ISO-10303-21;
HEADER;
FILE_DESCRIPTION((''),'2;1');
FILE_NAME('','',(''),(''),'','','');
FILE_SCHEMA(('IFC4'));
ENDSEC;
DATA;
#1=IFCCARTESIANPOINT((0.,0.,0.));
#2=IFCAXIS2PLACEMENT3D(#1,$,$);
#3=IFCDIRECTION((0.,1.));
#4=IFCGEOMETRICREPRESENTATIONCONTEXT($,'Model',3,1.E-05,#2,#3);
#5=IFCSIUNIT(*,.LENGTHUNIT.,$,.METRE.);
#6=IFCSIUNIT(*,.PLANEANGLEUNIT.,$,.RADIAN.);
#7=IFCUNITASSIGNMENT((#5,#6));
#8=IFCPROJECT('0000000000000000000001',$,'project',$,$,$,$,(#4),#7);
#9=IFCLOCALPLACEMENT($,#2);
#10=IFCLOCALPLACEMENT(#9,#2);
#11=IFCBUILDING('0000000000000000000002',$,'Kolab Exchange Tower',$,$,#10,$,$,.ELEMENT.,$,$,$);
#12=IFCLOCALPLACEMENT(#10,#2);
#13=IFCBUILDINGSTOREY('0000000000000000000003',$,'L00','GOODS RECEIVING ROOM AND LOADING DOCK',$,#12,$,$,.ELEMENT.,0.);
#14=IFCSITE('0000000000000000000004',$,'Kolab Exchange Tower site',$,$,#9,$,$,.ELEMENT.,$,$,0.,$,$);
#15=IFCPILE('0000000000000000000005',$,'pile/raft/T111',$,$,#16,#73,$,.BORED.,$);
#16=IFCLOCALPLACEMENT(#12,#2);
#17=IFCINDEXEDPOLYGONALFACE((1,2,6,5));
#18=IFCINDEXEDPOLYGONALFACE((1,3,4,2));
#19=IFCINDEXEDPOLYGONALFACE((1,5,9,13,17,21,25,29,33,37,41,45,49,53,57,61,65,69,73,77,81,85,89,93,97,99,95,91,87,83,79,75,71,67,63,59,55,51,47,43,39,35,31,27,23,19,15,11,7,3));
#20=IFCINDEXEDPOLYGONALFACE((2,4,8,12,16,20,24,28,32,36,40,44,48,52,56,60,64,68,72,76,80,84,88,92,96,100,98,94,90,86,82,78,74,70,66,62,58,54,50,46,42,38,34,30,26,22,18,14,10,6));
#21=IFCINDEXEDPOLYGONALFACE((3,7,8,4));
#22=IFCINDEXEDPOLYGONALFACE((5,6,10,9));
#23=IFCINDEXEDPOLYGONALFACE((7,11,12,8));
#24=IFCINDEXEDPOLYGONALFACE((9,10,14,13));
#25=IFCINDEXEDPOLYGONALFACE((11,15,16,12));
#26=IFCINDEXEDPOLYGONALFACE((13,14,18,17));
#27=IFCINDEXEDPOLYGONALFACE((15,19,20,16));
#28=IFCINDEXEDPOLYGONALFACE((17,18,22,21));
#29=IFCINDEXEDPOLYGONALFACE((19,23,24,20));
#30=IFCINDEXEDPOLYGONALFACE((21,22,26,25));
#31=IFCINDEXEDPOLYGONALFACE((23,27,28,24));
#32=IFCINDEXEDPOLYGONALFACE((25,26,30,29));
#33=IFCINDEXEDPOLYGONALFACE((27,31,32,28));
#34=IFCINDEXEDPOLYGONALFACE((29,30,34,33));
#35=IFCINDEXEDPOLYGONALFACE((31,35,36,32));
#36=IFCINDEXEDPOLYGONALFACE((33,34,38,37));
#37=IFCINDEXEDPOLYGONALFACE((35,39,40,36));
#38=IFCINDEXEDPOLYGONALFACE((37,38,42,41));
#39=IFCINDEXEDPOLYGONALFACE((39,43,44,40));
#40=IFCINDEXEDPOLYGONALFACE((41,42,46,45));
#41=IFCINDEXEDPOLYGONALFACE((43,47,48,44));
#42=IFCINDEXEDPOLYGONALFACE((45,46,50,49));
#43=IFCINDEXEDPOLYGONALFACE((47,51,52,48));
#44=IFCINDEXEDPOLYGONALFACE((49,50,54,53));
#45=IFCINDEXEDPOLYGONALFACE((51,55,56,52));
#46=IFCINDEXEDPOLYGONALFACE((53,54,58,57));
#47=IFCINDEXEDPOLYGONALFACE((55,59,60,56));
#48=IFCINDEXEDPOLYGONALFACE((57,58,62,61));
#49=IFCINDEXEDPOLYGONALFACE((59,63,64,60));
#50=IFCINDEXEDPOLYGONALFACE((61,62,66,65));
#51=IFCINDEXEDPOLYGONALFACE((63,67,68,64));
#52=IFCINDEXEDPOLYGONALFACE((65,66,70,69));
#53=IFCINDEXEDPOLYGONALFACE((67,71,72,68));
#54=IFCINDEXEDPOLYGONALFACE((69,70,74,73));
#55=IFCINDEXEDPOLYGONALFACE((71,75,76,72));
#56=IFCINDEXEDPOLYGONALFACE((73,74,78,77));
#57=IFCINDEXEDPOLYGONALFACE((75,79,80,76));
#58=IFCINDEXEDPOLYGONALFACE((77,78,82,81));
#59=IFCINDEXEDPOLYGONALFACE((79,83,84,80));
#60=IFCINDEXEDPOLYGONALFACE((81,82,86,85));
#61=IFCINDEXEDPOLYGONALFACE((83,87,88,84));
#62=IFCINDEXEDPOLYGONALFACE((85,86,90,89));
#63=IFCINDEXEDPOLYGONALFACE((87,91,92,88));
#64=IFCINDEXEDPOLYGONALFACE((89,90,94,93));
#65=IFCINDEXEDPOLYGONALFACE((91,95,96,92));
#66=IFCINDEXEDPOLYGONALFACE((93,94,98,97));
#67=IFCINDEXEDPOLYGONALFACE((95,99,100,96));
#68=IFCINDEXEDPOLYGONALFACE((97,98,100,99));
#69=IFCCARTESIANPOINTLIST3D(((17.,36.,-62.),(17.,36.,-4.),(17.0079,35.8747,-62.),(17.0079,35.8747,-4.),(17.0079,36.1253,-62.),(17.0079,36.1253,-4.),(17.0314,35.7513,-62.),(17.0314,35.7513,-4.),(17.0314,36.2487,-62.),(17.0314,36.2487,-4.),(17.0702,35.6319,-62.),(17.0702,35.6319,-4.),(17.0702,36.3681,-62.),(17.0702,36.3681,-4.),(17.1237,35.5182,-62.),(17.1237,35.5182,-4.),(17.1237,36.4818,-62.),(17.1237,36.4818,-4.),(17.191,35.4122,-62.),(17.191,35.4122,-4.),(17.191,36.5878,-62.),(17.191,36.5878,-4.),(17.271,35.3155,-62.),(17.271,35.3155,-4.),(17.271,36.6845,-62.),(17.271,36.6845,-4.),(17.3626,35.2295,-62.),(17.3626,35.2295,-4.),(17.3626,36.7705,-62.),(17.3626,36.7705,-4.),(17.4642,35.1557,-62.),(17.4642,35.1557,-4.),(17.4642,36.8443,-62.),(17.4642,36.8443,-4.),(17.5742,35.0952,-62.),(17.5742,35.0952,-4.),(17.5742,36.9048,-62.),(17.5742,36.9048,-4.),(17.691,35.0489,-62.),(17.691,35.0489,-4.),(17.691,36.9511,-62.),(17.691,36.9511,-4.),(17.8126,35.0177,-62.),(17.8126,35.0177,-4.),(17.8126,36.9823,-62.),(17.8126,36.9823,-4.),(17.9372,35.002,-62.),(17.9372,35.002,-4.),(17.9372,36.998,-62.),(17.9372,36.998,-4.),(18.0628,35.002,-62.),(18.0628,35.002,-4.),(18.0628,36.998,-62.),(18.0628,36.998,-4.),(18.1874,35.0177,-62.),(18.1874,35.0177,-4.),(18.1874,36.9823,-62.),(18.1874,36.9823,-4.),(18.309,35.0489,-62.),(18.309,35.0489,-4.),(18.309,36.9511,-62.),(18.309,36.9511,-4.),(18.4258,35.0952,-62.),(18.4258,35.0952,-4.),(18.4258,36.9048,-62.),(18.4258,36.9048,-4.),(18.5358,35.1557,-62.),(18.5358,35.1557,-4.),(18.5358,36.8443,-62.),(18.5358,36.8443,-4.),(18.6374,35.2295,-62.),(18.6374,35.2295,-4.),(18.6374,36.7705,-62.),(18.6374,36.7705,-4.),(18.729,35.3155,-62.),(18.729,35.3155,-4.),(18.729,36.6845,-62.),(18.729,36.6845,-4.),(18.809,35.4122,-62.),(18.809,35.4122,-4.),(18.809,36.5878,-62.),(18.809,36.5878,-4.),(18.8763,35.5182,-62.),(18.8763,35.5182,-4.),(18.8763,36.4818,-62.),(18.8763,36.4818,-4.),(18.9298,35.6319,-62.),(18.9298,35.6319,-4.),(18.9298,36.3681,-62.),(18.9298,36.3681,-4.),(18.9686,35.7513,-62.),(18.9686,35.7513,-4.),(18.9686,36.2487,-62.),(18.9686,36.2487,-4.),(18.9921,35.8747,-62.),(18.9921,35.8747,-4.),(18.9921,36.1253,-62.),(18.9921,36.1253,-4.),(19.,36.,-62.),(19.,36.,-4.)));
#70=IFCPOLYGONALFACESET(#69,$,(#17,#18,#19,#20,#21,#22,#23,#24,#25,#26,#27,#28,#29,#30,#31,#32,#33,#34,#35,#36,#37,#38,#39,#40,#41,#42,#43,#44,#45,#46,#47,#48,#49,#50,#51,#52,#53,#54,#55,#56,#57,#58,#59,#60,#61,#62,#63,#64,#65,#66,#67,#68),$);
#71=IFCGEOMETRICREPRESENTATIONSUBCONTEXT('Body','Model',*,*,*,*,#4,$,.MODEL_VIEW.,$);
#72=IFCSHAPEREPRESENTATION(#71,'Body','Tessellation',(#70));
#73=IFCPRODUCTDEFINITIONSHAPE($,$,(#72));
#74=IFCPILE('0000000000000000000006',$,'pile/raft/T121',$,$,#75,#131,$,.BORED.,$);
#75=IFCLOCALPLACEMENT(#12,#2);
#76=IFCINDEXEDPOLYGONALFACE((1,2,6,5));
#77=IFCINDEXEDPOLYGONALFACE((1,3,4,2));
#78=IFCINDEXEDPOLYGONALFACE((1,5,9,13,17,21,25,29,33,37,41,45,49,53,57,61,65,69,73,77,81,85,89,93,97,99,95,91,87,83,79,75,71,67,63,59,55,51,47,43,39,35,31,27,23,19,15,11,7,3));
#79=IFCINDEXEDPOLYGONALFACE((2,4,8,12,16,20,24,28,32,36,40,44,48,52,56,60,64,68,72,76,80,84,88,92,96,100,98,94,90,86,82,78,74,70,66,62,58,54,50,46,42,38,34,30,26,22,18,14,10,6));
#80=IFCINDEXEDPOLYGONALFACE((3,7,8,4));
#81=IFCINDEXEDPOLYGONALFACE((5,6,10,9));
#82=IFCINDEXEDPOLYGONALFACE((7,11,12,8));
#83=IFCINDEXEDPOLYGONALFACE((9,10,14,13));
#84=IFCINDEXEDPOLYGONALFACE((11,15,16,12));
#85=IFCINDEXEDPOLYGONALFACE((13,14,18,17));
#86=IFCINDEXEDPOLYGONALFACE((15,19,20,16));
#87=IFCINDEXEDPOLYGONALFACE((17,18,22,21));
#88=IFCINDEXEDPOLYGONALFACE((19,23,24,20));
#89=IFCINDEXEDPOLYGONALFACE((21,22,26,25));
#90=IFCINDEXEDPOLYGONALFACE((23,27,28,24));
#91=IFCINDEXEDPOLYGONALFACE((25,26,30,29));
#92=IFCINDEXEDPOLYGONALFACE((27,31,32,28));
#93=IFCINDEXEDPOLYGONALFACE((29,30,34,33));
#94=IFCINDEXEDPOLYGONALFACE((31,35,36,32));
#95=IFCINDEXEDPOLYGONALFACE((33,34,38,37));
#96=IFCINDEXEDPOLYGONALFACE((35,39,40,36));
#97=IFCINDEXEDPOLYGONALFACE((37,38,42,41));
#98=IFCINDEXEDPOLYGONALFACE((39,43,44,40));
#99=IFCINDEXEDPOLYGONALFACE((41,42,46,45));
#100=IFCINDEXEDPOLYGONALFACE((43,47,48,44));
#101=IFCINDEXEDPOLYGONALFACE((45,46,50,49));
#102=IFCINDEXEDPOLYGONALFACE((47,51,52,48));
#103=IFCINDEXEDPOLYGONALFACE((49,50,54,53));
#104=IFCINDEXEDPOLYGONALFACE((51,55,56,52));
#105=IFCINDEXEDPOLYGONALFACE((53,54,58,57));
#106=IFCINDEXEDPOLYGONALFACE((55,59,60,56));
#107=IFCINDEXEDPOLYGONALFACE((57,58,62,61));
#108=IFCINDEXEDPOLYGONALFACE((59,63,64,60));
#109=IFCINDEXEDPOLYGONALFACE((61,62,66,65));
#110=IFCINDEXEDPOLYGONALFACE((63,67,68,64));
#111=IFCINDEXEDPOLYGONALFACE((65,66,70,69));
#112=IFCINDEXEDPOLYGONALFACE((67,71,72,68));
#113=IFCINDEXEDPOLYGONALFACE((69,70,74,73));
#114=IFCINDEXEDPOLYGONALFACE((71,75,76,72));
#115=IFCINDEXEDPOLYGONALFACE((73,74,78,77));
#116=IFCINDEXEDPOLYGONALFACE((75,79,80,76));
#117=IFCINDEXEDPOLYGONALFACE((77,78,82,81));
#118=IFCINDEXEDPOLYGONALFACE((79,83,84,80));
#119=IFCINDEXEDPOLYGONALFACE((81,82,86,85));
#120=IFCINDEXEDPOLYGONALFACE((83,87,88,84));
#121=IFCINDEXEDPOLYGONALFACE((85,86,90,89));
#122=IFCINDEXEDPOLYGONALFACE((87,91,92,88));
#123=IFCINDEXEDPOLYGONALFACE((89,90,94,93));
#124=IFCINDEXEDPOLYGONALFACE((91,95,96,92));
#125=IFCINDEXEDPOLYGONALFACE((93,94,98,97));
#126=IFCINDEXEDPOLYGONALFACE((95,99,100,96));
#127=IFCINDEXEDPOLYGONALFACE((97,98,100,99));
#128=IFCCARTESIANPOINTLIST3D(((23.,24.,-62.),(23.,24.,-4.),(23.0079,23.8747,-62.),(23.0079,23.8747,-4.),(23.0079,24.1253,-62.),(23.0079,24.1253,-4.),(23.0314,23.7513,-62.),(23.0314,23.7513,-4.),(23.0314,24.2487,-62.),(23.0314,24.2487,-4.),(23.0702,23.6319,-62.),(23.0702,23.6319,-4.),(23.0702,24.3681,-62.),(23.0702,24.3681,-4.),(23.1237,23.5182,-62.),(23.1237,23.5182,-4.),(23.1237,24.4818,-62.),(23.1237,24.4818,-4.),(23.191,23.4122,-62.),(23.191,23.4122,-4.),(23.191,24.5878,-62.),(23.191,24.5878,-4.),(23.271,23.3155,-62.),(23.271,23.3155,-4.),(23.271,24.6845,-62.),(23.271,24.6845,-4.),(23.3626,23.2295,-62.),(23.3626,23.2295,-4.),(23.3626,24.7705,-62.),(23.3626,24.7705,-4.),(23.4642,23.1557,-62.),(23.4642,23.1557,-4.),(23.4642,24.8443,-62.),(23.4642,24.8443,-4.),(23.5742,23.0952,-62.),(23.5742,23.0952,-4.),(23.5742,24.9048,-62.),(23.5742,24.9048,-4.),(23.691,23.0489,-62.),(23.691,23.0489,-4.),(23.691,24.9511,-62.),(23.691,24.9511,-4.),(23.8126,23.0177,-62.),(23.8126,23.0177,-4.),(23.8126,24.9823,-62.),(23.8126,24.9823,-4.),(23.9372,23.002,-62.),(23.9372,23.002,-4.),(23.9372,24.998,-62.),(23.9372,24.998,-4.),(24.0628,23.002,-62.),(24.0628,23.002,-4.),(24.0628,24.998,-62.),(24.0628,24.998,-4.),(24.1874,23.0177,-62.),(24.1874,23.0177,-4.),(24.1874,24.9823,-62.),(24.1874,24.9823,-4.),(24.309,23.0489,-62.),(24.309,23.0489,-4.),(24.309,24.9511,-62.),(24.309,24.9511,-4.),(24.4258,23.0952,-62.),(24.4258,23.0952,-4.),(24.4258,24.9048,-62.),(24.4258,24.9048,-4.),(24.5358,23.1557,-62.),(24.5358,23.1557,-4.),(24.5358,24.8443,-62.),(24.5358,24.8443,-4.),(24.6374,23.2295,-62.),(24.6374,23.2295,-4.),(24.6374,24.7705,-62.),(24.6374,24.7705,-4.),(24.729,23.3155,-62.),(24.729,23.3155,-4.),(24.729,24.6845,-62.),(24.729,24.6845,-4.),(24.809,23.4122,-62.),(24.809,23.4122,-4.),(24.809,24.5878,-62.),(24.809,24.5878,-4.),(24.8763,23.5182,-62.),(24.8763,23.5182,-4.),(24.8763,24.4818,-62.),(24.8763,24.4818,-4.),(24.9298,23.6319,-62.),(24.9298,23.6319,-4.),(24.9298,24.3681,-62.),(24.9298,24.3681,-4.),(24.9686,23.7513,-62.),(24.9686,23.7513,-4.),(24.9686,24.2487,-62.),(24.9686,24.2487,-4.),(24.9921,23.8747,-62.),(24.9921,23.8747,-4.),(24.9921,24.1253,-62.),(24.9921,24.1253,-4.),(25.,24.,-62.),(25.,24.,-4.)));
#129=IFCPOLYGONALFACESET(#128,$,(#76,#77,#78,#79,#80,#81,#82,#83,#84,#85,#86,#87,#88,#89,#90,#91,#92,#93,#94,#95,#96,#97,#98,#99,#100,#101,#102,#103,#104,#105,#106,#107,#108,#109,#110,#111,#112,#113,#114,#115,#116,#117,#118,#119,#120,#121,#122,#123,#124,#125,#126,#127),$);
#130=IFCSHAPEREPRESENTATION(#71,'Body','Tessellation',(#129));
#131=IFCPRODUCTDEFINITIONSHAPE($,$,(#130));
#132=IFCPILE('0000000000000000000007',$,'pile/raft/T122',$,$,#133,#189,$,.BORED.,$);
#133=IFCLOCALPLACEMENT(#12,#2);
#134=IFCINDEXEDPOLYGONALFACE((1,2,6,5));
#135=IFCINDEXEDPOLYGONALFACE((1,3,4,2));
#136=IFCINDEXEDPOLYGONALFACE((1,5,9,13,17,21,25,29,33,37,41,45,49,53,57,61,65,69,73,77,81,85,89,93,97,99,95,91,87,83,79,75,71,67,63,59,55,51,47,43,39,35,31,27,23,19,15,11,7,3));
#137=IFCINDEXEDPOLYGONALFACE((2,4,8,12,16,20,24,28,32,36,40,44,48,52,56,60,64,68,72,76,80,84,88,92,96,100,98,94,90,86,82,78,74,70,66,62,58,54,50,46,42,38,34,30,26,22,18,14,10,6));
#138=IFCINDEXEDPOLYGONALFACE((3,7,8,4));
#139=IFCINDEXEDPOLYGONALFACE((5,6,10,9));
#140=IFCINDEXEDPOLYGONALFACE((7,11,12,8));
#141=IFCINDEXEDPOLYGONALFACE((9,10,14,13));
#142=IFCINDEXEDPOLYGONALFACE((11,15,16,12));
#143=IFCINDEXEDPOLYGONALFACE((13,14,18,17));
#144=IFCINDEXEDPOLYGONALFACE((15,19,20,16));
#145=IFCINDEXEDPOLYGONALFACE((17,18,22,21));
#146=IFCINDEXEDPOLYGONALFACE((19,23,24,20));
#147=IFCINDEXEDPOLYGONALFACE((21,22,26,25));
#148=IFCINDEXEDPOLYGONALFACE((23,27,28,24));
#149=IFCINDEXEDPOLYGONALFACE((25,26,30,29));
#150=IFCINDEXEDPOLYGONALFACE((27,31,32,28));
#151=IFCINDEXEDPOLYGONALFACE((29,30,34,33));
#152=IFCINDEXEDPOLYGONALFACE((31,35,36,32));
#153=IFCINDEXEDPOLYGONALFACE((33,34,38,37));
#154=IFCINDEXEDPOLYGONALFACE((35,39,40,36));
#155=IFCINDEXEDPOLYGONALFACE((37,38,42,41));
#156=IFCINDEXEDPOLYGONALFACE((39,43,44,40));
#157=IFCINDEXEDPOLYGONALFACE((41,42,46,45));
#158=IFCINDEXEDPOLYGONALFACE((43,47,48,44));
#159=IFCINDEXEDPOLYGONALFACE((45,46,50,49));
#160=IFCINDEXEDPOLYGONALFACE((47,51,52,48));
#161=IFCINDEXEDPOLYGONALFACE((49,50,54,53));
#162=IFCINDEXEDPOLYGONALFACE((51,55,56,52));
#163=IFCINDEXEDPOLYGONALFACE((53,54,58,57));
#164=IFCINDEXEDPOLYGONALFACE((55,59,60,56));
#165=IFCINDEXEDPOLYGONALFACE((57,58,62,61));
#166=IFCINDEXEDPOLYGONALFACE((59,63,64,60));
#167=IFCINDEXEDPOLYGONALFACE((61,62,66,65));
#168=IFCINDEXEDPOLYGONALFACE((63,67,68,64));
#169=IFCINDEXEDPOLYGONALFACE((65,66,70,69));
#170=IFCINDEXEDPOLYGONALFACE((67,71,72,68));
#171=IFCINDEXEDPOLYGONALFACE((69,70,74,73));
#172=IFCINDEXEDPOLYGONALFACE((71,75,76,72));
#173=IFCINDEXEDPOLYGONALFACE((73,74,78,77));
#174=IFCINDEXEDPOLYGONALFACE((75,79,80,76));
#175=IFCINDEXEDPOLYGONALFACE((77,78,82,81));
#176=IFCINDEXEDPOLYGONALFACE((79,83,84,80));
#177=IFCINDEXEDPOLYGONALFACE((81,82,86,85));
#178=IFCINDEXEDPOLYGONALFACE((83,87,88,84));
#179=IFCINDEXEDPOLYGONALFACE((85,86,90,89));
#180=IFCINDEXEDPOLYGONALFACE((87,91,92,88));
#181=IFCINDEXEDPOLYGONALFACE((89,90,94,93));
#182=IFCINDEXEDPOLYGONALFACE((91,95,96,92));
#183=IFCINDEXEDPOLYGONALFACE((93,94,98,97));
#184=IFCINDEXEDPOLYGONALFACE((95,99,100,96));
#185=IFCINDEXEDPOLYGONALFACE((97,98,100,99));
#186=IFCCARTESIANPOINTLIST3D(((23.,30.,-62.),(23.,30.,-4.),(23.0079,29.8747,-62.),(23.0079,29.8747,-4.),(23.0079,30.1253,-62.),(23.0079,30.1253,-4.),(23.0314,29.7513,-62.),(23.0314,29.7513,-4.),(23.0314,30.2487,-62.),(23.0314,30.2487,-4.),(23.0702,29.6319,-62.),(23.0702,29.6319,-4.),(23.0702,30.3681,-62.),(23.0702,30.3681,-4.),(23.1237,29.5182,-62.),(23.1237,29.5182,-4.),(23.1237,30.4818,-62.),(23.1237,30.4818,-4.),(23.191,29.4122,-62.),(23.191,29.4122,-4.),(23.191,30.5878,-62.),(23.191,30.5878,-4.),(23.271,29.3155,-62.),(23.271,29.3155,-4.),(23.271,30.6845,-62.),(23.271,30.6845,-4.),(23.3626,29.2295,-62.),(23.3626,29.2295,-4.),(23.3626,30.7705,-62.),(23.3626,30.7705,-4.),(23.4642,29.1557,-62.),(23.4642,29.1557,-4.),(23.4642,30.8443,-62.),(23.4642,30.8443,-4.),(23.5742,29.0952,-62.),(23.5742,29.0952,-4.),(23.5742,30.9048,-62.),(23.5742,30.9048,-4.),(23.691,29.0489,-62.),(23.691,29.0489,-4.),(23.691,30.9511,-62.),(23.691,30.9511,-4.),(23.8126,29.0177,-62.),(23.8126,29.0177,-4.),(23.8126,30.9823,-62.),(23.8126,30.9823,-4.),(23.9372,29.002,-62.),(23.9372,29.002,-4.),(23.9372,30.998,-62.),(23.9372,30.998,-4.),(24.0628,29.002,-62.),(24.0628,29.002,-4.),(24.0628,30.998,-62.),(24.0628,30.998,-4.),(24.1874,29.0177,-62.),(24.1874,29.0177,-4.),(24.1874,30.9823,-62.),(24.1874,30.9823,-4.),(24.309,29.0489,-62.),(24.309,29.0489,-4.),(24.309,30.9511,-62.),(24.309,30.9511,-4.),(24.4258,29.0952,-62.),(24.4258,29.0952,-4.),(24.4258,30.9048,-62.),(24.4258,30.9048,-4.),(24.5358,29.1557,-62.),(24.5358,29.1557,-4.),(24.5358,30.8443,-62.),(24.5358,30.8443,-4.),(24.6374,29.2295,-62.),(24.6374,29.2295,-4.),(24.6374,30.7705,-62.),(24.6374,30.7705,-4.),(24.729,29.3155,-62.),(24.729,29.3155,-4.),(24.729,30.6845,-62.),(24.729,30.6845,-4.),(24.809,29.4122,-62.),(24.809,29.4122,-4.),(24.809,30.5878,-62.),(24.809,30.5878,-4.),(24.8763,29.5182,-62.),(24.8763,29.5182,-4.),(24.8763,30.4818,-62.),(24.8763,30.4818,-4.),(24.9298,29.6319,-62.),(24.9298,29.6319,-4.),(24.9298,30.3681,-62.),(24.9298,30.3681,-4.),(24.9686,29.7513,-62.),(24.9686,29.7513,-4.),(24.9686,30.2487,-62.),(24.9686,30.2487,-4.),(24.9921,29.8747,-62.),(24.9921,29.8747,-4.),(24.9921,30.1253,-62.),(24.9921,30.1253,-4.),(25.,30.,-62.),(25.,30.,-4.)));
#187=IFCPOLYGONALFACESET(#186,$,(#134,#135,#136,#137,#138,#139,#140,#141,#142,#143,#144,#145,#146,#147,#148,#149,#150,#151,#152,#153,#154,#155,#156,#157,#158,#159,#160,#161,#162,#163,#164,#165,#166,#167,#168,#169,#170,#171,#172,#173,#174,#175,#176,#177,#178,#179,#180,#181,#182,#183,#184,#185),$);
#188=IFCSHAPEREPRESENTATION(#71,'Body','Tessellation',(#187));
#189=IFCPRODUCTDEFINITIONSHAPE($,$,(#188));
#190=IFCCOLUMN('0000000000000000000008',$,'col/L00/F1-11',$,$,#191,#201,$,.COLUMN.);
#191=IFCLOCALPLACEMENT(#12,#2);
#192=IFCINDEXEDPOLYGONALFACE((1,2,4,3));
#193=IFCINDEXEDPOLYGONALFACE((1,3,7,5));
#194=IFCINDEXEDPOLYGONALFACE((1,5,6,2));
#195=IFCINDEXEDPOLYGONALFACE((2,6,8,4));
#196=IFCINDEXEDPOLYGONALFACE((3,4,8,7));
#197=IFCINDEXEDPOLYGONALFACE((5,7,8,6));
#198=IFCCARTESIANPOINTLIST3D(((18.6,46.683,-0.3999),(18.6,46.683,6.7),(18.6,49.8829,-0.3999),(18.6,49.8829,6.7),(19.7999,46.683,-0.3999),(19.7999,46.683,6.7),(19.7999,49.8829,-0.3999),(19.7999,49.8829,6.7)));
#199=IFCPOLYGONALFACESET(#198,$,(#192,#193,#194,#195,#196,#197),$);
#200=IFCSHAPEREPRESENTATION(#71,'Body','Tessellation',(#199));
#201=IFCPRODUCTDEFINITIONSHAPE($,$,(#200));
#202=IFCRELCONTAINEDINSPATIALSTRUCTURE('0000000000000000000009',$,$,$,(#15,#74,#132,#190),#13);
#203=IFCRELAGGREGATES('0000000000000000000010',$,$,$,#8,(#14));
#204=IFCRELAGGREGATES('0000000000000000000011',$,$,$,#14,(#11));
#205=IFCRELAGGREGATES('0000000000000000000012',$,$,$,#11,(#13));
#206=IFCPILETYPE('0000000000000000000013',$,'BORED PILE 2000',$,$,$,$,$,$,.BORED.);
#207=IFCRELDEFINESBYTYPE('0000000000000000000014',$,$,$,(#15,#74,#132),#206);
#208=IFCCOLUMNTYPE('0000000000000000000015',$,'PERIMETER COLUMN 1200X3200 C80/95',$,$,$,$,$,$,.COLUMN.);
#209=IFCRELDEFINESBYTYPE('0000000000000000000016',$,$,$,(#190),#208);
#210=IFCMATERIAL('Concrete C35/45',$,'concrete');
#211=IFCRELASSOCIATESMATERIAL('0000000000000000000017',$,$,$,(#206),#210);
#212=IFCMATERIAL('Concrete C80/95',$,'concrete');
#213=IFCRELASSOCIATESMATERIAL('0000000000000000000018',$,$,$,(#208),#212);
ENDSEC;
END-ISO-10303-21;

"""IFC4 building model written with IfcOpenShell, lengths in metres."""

from ifc_helpers import new_model, si_unit, direction, frame, origin, origin_2d, place, context, subcontext, project, spatial, rectangle, circle, extrude, material, material_profile, profile_set, type_object, element, save


model = new_model("IFC4")

# Units and contexts
model_context = context("Model", 3, precision=1e-05, world=origin(), true_north=direction((0.0, 1.0)))
body_context = subcontext(model_context, "Body", "Model", "MODEL_VIEW")
ifc_project = project(units=[si_unit("LENGTHUNIT", "METRE"), si_unit("PLANEANGLEUNIT", "RADIAN")], contexts=[model_context])

# Site, building, storey
site_placement = place(None, origin())
site = spatial("IfcSite", under=ifc_project, at=site_placement, Name="Kolab Exchange Tower site", CompositionType="ELEMENT", RefElevation=0.0)
building_placement = place(site_placement, origin())
building = spatial("IfcBuilding", under=site, at=building_placement, Name="Kolab Exchange Tower", CompositionType="ELEMENT")
storey_placement = place(building_placement, origin())
storey = spatial("IfcBuildingStorey", under=building, at=storey_placement, Name="L00", Description="GOODS RECEIVING ROOM AND LOADING DOCK", CompositionType="ELEMENT", Elevation=0.0)

# Piles
ifc_material_1 = material(Name="Concrete C35/45", Category="concrete")
ifc_material_profile_1 = material_profile(ifc_material_1, circle(Radius=1.0, at=origin_2d()), Name="BP2000")
ifc_profile_set_1 = profile_set([ifc_material_profile_1], Name="Concrete C35/45")
pile_type_1 = type_object("IfcPileType", Name="BORED PILE 2000", PredefinedType="BORED", material=ifc_profile_set_1)
for number, where, z_axis, x_axis, name in (
    (1, (18.0, 36.0, -4.0), (0.0, 0.0, -1.0), (1.0, 0.0, 0.0), "pile/raft/T111"),
    (2, (24.0, 24.0, -4.0), (0.0, 0.0, -1.0), (1.0, 0.0, 0.0), "pile/raft/T121"),
    (3, (24.0, 30.0, -4.0), (0.0, 0.0, -1.0), (1.0, 0.0, 0.0), "pile/raft/T122"),
):
    element("IfcPile", number, at=place(storey_placement, frame(where, z_axis=z_axis, x_axis=x_axis)), inside=storey, type_object=pile_type_1, Name=name, PredefinedType="BORED", context=body_context, shape_type="SweptSolid", body=[
        extrude(circle(Radius=1.0, at=origin_2d()), origin(), (0.0, 0.0, 1.0), 58.0),
    ])

# Column
ifc_material_2 = material(Name="Concrete C80/95", Category="concrete")
ifc_material_profile_2 = material_profile(ifc_material_2, rectangle(XDim=1.2, YDim=3.2, at=origin_2d()), Name="RC1200X3200")
ifc_profile_set_2 = profile_set([ifc_material_profile_2], Name="Concrete C80/95")
column_type_1 = type_object("IfcColumnType", Name="PERIMETER COLUMN 1200X3200 C80/95", PredefinedType="COLUMN", material=ifc_profile_set_2)
for number, where, z_axis, x_axis, name in (
    (4, (19.2, 48.283, -0.3999), (0.0, 0.0, 1.0), (1.0, 0.0, 0.0), "col/L00/F1-11"),
):
    element("IfcColumn", number, at=place(storey_placement, frame(where, z_axis=z_axis, x_axis=x_axis)), inside=storey, type_object=column_type_1, Name=name, PredefinedType="COLUMN", context=body_context, shape_type="SweptSolid", body=[
        extrude(rectangle(XDim=1.2, YDim=3.2, at=origin_2d()), origin(), (0.0, 0.0, 1.0), 7.0999),
    ])

save(model, "model.ifc")
